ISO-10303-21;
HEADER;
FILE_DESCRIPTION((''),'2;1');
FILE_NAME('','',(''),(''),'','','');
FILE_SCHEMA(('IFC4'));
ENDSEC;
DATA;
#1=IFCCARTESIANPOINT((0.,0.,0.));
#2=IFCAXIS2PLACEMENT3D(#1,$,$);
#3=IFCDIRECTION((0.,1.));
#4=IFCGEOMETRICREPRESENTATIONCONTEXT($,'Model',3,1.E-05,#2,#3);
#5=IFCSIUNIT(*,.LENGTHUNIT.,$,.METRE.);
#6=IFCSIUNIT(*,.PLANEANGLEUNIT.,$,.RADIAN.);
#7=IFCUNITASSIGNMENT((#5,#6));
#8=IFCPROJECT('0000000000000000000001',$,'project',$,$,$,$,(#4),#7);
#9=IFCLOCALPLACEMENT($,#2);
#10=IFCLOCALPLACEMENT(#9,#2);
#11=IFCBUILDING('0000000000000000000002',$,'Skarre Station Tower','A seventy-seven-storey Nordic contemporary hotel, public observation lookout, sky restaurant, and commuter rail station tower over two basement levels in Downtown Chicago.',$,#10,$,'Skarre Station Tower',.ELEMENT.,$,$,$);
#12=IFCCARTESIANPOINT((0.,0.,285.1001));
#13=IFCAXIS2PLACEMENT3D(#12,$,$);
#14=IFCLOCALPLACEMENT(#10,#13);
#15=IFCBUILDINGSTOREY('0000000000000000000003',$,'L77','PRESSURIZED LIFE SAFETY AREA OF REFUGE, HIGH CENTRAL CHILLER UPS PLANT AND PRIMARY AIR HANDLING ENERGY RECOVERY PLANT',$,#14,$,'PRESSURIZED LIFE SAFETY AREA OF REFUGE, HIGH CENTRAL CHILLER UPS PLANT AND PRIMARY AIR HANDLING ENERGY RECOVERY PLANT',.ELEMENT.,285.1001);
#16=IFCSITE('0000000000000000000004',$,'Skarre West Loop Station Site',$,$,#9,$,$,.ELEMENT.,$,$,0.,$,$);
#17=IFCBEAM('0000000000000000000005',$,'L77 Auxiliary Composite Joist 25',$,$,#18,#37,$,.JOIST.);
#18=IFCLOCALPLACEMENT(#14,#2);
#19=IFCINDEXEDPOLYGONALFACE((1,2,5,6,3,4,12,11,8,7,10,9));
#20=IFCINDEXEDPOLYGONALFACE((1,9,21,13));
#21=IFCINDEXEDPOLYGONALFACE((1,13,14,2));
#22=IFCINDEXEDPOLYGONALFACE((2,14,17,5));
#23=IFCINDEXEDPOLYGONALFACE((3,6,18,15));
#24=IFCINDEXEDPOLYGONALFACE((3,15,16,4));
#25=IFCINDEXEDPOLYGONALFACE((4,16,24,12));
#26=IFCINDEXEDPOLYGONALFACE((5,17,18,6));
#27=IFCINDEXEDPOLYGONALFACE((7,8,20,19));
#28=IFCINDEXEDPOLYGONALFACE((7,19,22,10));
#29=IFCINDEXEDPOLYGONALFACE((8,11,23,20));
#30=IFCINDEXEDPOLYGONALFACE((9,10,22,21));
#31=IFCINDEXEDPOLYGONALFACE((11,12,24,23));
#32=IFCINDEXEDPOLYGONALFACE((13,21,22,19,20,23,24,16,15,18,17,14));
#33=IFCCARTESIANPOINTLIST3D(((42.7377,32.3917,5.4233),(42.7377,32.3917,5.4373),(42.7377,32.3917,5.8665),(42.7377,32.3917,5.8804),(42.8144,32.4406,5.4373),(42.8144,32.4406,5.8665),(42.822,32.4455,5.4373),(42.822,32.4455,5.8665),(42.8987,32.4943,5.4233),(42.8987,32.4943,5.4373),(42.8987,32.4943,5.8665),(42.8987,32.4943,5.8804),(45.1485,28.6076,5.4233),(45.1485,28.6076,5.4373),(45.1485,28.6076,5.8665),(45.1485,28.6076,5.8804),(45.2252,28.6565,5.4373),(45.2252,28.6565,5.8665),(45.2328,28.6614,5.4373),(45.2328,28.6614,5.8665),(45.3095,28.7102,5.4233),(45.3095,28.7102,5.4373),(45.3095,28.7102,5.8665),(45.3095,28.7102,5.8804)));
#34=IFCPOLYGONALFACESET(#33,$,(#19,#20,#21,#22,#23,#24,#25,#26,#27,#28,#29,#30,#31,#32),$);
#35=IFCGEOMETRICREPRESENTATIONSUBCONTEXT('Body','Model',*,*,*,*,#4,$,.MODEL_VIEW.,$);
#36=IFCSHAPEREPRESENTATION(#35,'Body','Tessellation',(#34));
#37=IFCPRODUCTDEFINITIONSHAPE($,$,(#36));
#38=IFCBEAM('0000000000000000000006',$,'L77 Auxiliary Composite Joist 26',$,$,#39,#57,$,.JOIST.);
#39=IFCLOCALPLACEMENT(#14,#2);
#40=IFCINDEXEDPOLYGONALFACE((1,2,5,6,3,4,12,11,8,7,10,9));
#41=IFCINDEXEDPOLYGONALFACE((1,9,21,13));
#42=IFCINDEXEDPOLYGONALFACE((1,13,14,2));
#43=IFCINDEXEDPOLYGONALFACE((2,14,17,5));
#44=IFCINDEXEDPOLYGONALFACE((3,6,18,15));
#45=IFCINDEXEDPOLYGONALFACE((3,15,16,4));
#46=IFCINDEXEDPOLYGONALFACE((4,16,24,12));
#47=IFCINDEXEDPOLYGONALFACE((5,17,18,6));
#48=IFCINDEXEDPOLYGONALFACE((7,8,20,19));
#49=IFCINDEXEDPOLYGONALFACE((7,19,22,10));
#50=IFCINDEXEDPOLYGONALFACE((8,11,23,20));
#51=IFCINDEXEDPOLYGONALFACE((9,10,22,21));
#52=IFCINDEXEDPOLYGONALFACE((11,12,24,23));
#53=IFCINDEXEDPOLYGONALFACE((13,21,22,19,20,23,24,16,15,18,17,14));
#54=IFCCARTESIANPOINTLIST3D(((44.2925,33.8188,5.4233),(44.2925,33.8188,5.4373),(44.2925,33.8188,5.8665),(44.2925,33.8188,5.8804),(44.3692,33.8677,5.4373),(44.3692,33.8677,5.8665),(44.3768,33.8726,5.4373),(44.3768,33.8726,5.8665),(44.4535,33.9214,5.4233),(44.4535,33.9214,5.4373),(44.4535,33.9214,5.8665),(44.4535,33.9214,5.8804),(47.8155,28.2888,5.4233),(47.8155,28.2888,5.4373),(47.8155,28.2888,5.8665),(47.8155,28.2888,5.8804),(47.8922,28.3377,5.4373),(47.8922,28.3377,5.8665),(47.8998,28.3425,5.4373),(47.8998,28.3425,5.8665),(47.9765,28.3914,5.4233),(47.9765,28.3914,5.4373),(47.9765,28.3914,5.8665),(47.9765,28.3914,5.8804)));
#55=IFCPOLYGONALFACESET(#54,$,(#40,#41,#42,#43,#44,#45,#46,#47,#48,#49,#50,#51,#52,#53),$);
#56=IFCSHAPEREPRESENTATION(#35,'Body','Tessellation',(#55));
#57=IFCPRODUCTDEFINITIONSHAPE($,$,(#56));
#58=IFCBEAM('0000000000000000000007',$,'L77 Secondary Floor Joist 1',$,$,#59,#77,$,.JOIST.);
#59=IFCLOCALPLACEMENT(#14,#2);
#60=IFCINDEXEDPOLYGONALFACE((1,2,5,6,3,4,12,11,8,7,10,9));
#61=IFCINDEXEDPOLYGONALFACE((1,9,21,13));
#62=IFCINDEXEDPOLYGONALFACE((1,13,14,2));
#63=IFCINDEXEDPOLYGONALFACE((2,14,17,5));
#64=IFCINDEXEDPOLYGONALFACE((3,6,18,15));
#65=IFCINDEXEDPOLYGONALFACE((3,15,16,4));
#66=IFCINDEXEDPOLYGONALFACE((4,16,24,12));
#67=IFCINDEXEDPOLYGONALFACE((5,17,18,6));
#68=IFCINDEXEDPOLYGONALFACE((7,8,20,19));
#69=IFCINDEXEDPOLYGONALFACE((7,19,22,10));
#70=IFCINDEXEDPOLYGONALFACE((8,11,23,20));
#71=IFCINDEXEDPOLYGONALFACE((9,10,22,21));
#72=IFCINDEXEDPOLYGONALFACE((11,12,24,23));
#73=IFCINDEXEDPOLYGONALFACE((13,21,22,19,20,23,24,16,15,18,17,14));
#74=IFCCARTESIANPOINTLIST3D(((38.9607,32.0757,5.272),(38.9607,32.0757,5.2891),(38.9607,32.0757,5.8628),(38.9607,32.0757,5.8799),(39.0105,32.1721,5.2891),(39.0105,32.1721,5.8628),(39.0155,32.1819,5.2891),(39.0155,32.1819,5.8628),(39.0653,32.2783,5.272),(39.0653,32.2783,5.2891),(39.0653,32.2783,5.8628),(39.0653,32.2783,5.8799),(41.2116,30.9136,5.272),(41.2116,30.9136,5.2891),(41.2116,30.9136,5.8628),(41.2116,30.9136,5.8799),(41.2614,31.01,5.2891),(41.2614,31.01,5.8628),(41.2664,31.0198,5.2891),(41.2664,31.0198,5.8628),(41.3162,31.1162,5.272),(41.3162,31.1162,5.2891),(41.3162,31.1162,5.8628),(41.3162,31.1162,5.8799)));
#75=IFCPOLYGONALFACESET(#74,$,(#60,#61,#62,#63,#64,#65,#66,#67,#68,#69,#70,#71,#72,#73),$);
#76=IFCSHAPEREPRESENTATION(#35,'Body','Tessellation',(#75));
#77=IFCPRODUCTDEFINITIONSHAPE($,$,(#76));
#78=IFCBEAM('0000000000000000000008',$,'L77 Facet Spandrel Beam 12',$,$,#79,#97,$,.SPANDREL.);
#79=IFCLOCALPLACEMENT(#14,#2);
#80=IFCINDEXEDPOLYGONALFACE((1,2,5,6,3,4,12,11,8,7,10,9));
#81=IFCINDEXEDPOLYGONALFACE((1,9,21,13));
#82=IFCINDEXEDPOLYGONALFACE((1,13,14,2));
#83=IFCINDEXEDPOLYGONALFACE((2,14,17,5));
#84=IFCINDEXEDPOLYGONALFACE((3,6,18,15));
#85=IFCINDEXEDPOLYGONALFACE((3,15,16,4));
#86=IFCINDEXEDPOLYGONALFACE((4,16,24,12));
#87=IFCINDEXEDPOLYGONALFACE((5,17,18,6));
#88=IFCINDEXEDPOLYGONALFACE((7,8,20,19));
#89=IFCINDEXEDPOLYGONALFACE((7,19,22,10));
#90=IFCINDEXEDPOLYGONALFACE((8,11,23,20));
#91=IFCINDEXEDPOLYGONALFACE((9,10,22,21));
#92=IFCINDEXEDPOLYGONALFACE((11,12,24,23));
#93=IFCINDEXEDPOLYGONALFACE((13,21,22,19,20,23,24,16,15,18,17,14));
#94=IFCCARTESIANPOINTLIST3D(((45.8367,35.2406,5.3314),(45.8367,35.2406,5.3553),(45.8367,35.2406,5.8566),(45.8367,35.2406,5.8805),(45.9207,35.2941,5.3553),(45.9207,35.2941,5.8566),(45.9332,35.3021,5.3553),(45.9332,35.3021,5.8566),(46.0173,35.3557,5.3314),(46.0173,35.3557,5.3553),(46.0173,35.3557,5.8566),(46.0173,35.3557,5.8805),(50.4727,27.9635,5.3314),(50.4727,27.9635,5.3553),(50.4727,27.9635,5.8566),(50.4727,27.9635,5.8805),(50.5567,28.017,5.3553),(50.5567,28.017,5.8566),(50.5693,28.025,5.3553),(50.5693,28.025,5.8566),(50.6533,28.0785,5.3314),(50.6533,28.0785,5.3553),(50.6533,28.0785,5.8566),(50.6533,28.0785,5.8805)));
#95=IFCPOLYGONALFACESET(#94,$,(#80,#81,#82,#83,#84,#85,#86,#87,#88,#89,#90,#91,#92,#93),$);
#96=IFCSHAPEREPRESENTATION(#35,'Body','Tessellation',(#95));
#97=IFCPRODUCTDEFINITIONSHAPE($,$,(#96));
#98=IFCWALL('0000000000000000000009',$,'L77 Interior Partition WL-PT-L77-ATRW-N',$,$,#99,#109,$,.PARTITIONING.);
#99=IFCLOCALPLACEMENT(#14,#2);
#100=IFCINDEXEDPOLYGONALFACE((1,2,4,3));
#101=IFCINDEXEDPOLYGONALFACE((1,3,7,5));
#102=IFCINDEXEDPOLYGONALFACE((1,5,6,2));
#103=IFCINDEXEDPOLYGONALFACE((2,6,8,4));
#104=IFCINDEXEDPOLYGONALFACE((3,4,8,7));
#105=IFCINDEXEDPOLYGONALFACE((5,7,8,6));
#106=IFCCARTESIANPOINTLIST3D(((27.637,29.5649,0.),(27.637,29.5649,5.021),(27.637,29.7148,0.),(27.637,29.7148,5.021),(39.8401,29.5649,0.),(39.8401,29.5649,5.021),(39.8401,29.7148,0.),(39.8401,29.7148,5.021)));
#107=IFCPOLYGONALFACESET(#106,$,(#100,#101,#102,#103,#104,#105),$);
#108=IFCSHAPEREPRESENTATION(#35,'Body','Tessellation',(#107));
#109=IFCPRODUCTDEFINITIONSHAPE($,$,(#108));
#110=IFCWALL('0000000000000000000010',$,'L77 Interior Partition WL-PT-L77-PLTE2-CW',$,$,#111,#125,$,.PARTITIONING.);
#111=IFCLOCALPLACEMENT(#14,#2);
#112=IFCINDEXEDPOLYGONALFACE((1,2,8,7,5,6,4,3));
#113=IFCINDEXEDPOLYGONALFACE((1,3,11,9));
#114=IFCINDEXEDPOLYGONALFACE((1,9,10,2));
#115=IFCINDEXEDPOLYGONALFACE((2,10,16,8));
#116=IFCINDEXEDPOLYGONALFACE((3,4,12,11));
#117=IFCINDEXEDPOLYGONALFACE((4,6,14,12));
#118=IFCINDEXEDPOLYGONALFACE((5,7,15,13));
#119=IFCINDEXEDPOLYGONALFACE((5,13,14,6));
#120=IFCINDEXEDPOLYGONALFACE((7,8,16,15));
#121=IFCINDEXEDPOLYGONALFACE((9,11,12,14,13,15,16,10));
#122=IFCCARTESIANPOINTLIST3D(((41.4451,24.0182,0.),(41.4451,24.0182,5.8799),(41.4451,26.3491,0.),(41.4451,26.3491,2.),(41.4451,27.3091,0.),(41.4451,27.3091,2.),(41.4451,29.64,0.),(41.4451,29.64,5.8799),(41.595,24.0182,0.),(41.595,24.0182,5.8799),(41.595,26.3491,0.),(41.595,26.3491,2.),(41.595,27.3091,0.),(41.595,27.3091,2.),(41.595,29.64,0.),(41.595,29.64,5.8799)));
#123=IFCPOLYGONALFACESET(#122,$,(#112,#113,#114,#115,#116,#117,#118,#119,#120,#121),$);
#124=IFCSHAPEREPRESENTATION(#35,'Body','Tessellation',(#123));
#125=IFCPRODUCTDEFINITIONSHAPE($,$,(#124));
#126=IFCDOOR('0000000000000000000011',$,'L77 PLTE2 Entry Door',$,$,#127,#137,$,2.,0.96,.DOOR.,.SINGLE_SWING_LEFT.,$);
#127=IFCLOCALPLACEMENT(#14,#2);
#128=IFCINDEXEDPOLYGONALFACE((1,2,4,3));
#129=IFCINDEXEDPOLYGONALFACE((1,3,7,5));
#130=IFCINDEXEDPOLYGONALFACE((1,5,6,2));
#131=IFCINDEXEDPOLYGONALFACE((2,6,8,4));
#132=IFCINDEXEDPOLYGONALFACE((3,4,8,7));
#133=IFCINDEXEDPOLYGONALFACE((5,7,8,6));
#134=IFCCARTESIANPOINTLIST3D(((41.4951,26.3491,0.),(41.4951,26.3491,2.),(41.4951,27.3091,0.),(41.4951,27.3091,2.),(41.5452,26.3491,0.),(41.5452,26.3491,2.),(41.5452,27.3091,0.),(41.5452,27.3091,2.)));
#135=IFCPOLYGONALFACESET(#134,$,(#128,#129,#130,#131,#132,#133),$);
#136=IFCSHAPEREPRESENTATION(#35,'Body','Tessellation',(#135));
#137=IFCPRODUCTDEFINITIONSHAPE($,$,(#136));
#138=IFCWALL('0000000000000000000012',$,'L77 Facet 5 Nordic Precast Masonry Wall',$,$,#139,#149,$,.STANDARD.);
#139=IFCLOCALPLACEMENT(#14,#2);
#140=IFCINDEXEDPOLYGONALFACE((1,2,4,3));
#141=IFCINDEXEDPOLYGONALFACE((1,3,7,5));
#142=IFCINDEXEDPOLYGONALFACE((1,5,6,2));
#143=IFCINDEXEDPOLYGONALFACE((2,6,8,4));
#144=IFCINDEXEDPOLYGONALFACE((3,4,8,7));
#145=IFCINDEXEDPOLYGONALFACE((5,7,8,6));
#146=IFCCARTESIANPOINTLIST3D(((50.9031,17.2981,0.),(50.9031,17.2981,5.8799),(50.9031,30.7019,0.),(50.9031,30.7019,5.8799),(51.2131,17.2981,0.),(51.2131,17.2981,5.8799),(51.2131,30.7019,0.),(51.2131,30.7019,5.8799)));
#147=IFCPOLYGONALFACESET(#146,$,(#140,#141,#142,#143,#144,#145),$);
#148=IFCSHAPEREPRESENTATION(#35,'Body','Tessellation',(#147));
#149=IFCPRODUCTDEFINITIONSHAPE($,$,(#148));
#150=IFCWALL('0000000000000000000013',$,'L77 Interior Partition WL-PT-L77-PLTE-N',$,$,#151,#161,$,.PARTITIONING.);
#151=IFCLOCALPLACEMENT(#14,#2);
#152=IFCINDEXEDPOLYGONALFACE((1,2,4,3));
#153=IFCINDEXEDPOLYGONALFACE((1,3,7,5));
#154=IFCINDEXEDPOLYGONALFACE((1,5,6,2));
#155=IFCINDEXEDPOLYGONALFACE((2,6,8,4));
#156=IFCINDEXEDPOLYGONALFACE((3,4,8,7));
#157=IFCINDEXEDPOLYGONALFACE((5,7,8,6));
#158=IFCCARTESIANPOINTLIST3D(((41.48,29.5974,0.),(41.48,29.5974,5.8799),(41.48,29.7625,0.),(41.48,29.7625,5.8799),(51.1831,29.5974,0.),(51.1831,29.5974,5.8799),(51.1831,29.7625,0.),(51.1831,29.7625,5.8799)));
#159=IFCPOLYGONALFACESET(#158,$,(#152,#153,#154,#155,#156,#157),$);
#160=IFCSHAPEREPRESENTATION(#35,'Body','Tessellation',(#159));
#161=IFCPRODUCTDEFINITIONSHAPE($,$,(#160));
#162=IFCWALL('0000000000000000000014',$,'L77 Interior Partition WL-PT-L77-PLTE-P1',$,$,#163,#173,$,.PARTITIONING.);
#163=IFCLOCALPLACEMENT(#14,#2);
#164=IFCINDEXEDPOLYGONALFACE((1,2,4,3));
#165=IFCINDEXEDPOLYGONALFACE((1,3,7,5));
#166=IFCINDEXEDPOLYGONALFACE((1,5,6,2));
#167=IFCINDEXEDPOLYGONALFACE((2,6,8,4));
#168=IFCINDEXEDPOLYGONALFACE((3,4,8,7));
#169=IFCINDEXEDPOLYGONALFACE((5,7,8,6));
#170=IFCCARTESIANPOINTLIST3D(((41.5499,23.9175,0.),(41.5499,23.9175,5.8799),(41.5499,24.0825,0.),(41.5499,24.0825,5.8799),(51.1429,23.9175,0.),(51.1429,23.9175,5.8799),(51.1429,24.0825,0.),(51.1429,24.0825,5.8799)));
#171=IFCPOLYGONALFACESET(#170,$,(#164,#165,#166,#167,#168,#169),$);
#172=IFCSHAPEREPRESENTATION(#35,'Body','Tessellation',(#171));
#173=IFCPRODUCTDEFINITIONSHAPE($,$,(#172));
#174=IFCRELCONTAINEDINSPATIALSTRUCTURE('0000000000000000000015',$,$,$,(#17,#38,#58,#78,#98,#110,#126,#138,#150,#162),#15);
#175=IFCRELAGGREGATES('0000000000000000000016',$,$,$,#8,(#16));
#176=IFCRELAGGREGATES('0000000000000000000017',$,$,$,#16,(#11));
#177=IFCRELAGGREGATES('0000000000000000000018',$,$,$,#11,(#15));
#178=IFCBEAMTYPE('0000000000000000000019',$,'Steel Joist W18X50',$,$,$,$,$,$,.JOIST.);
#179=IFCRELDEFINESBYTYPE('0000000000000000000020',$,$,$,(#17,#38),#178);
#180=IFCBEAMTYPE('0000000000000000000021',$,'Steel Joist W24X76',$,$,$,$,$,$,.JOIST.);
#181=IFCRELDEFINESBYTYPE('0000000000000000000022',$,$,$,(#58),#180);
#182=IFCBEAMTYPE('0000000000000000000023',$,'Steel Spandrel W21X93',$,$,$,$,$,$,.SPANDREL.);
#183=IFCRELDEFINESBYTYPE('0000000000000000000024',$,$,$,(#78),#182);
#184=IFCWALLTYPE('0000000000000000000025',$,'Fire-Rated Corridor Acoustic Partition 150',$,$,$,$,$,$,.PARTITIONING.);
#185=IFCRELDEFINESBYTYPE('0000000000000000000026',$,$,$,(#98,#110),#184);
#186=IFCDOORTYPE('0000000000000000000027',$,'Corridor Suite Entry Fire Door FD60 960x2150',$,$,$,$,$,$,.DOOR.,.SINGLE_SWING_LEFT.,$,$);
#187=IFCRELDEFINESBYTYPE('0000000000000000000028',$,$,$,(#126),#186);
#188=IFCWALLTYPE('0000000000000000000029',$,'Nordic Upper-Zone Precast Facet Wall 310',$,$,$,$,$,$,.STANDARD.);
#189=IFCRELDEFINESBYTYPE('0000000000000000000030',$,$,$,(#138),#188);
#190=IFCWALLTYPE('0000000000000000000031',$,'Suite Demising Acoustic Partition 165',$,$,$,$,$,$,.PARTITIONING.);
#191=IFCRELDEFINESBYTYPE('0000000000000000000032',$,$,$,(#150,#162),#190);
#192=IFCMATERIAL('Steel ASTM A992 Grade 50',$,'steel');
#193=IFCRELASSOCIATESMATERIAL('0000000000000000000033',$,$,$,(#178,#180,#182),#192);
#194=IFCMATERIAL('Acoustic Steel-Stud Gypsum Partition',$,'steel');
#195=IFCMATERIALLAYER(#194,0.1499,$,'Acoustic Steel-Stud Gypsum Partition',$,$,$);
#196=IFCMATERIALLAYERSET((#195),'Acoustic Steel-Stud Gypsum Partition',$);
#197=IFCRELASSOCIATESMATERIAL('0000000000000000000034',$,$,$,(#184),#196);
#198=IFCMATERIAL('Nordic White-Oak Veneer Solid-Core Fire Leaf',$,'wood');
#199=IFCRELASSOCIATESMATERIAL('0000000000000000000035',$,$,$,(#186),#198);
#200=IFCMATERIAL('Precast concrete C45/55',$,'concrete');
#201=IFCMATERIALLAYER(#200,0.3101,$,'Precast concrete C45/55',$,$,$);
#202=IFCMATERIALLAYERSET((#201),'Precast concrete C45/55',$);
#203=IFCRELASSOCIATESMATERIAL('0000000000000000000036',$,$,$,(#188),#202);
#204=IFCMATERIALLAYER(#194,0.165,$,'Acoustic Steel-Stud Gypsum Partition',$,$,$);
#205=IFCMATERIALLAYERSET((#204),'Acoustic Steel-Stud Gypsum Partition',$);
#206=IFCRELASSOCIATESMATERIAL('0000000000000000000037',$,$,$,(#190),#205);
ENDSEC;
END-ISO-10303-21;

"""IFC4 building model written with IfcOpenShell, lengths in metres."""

from ifc_helpers import new_model, si_unit, direction, frame, frame_2d, origin, origin_2d, place, context, subcontext, project, spatial, rectangle, i_section, extrude, material, layer, layer_set, material_profile, profile_set, type_object, element, fill, save


model = new_model("IFC4")

# Units and contexts
model_context = context("Model", 3, precision=1e-05, world=origin(), true_north=direction((0.0, 1.0)))
body_context = subcontext(model_context, "Body", "Model", "MODEL_VIEW")
ifc_project = project(units=[si_unit("LENGTHUNIT", "METRE"), si_unit("PLANEANGLEUNIT", "RADIAN")], contexts=[model_context])

# Site, building, storey
site_placement = place(None, origin())
site = spatial("IfcSite", under=ifc_project, at=site_placement, Name="Skarre West Loop Station Site", CompositionType="ELEMENT", RefElevation=0.0)
building_placement = place(site_placement, origin())
building = spatial("IfcBuilding", under=site, at=building_placement, Name="Skarre Station Tower", Description="A seventy-seven-storey Nordic contemporary hotel, public observation lookout, sky restaurant, and commuter rail station tower over two basement levels in Downtown Chicago.", LongName="Skarre Station Tower", CompositionType="ELEMENT")
storey_placement = place(building_placement, frame((0.0, 0.0, 285.1001)))
storey = spatial("IfcBuildingStorey", under=building, at=storey_placement, Name="L77", Description="PRESSURIZED LIFE SAFETY AREA OF REFUGE, HIGH CENTRAL CHILLER UPS PLANT AND PRIMARY AIR HANDLING ENERGY RECOVERY PLANT", LongName="PRESSURIZED LIFE SAFETY AREA OF REFUGE, HIGH CENTRAL CHILLER UPS PLANT AND PRIMARY AIR HANDLING ENERGY RECOVERY PLANT", CompositionType="ELEMENT", Elevation=285.1001)

# Beams
ifc_material_1 = material(Name="Steel ASTM A992 Grade 50", Category="steel")
ifc_material_profile_1 = material_profile(ifc_material_1, i_section(OverallWidth=0.1909, OverallDepth=0.457, WebThickness=0.009, FlangeThickness=0.0139, at=origin_2d()), Name="Steel ASTM A992 Grade 50")
ifc_profile_set_1 = profile_set([ifc_material_profile_1], Name="Steel ASTM A992 Grade 50")
beam_type_1 = type_object("IfcBeamType", Name="Steel Joist W18X50", PredefinedType="JOIST", material=ifc_profile_set_1)
beam_1_placement = place(storey_placement, frame((45.229, 28.6589, 5.6519), z_axis=(-0.537316, 0.843381, 0.0), x_axis=(-0.843381, -0.537316, 0.0)))
element("IfcBeam", 1, at=beam_1_placement, inside=storey, type_object=beam_type_1, Name="L77 Auxiliary Composite Joist 25", PredefinedType="JOIST", context=body_context, shape_type="SweptSolid", body=[
    extrude(i_section(OverallWidth=0.1909, OverallDepth=0.457, WebThickness=0.009, FlangeThickness=0.0139, at=origin_2d()), origin(), (0.0, 0.0, 1.0), 4.4868),
])
beam_2_placement = place(storey_placement, frame((47.896, 28.3401, 5.6519), z_axis=(-0.537292, 0.843396, 0.0), x_axis=(-0.843396, -0.537292, 0.0)))
element("IfcBeam", 2, at=beam_2_placement, inside=storey, type_object=beam_type_1, Name="L77 Auxiliary Composite Joist 26", PredefinedType="JOIST", context=body_context, shape_type="SweptSolid", body=[
    extrude(i_section(OverallWidth=0.1909, OverallDepth=0.457, WebThickness=0.009, FlangeThickness=0.0139, at=origin_2d()), origin(), (0.0, 0.0, 1.0), 6.5569),
])
ifc_material_profile_2 = material_profile(ifc_material_1, i_section(OverallWidth=0.228, OverallDepth=0.6079, WebThickness=0.011, FlangeThickness=0.0171, at=origin_2d()), Name="Steel ASTM A992 Grade 50")
ifc_profile_set_2 = profile_set([ifc_material_profile_2], Name="Steel ASTM A992 Grade 50")
beam_type_2 = type_object("IfcBeamType", Name="Steel Joist W24X76", PredefinedType="JOIST", material=ifc_profile_set_2)
beam_3_placement = place(storey_placement, frame((41.2639, 31.0149, 5.5759), z_axis=(-0.88857, 0.458741, 0.0), x_axis=(-0.458741, -0.88857, 0.0)))
element("IfcBeam", 3, at=beam_3_placement, inside=storey, type_object=beam_type_2, Name="L77 Secondary Floor Joist 1", PredefinedType="JOIST", context=body_context, shape_type="SweptSolid", body=[
    extrude(i_section(OverallWidth=0.228, OverallDepth=0.6079, WebThickness=0.011, FlangeThickness=0.0171, at=origin_2d()), origin(), (0.0, 0.0, 1.0), 2.5332),
])
ifc_material_profile_3 = material_profile(ifc_material_1, i_section(OverallWidth=0.2141, OverallDepth=0.5491, WebThickness=0.0149, FlangeThickness=0.0239, at=origin_2d()), Name="Steel ASTM A992 Grade 50")
ifc_profile_set_3 = profile_set([ifc_material_profile_3], Name="Steel ASTM A992 Grade 50")
beam_type_3 = type_object("IfcBeamType", Name="Steel Spandrel W21X93", PredefinedType="SPANDREL", material=ifc_profile_set_3)
beam_4_placement = place(storey_placement, frame((50.563, 28.021, 5.606), z_axis=(-0.537297, 0.843393, 0.0), x_axis=(-0.843393, -0.537297, 0.0)))
element("IfcBeam", 4, at=beam_4_placement, inside=storey, type_object=beam_type_3, Name="L77 Facet Spandrel Beam 12", PredefinedType="SPANDREL", context=body_context, shape_type="SweptSolid", body=[
    extrude(i_section(OverallWidth=0.2141, OverallDepth=0.5491, WebThickness=0.0149, FlangeThickness=0.0239, at=origin_2d()), origin(), (0.0, 0.0, 1.0), 8.6284),
])

# Wall
ifc_material_2 = material(Name="Acoustic Steel-Stud Gypsum Partition", Category="steel")
ifc_layer_1 = layer(ifc_material_2, 0.1499, Name="Acoustic Steel-Stud Gypsum Partition")
ifc_layer_set_1 = layer_set([ifc_layer_1], Name="Acoustic Steel-Stud Gypsum Partition")
wall_type_1 = type_object("IfcWallType", Name="Fire-Rated Corridor Acoustic Partition 150", PredefinedType="PARTITIONING", material=ifc_layer_set_1)
wall_1_placement = place(storey_placement, frame((39.8401, 29.6399, 0.0), z_axis=(0.0, 0.0, 1.0), x_axis=(-1.0, 0.0, 0.0)))
element("IfcWall", 5, at=wall_1_placement, inside=storey, type_object=wall_type_1, Name="L77 Interior Partition WL-PT-L77-ATRW-N", PredefinedType="PARTITIONING", context=body_context, shape_type="SweptSolid", body=[
    extrude(rectangle(XDim=12.2031, YDim=0.1499, at=frame_2d((6.1016, 0.0))), origin(), (0.0, 0.0, 1.0), 5.021),
])

# Wall, opening, door
wall_2_placement = place(storey_placement, frame((41.52, 24.0181, 0.0), z_axis=(0.0, 0.0, 1.0), x_axis=(0.0, 1.0, 0.0)))
wall_2 = element("IfcWall", 6, at=wall_2_placement, inside=storey, type_object=wall_type_1, Name="L77 Interior Partition WL-PT-L77-PLTE2-CW", PredefinedType="PARTITIONING", context=body_context, shape_type="SweptSolid", body=[
    extrude(rectangle(XDim=5.6218, YDim=0.1499, at=frame_2d((2.811, 0.0))), origin(), (0.0, 0.0, 1.0), 5.8799),
])
opening_placement = place(wall_2_placement, frame((2.3311, 0.0, 0.0)))
opening = element("IfcOpeningElement", 7, at=opening_placement, cuts=wall_2, PredefinedType="OPENING", context=body_context, shape_type="SweptSolid", body=[
    extrude(rectangle(XDim=0.96, YDim=2.0, at=frame_2d((0.48, 1.0))), frame((0.0, 0.085, 0.0), z_axis=(0.0, -1.0, 0.0), x_axis=(1.0, 0.0, 0.0)), (0.0, 0.0, 1.0), 0.1699),
])
ifc_material_3 = material(Name="Nordic White-Oak Veneer Solid-Core Fire Leaf", Category="wood")
door_type = type_object("IfcDoorType", Name="Corridor Suite Entry Fire Door FD60 960x2150", OperationType="SINGLE_SWING_LEFT", PredefinedType="DOOR", material=ifc_material_3)
door_placement = place(opening_placement, origin())
door = element("IfcDoor", 8, at=door_placement, inside=storey, type_object=door_type, Name="L77 PLTE2 Entry Door", OperationType="SINGLE_SWING_LEFT", OverallHeight=2.0, OverallWidth=0.96, PredefinedType="DOOR", context=body_context, shape_type="SweptSolid", body=[
    extrude(rectangle(XDim=0.96, YDim=2.0, at=frame_2d((0.48, 1.0))), frame((0.0, 0.0249, 0.0), z_axis=(0.0, -1.0, 0.0), x_axis=(1.0, 0.0, 0.0)), (0.0, 0.0, 1.0), 0.05),
])
fill(opening, door)

# Walls
ifc_material_4 = material(Name="Precast concrete C45/55", Category="concrete")
ifc_layer_2 = layer(ifc_material_4, 0.3101, Name="Precast concrete C45/55")
ifc_layer_set_2 = layer_set([ifc_layer_2], Name="Precast concrete C45/55")
wall_type_2 = type_object("IfcWallType", Name="Nordic Upper-Zone Precast Facet Wall 310", PredefinedType="STANDARD", material=ifc_layer_set_2)
wall_3_placement = place(storey_placement, frame((51.0581, 30.7019, 0.0), z_axis=(0.0, 0.0, 1.0), x_axis=(0.0, -1.0, 0.0)))
element("IfcWall", 9, at=wall_3_placement, inside=storey, type_object=wall_type_2, Name="L77 Facet 5 Nordic Precast Masonry Wall", PredefinedType="STANDARD", context=body_context, shape_type="SweptSolid", body=[
    extrude(rectangle(XDim=13.4038, YDim=0.3101, at=frame_2d((6.7019, 0.0))), origin(), (0.0, 0.0, 1.0), 5.8799),
])
ifc_layer_3 = layer(ifc_material_2, 0.165, Name="Acoustic Steel-Stud Gypsum Partition")
ifc_layer_set_3 = layer_set([ifc_layer_3], Name="Acoustic Steel-Stud Gypsum Partition")
wall_type_3 = type_object("IfcWallType", Name="Suite Demising Acoustic Partition 165", PredefinedType="PARTITIONING", material=ifc_layer_set_3)
wall_4_placement = place(storey_placement, frame((41.48, 29.6799, 0.0), z_axis=(0.0, 0.0, 1.0), x_axis=(1.0, 0.0, 0.0)))
element("IfcWall", 10, at=wall_4_placement, inside=storey, type_object=wall_type_3, Name="L77 Interior Partition WL-PT-L77-PLTE-N", PredefinedType="PARTITIONING", context=body_context, shape_type="SweptSolid", body=[
    extrude(rectangle(XDim=9.7031, YDim=0.165, at=frame_2d((4.8516, 0.0))), origin(), (0.0, 0.0, 1.0), 5.8799),
])
wall_5_placement = place(storey_placement, frame((41.55, 24.0, 0.0), z_axis=(0.0, 0.0, 1.0), x_axis=(1.0, 0.0, 0.0)))
element("IfcWall", 11, at=wall_5_placement, inside=storey, type_object=wall_type_3, Name="L77 Interior Partition WL-PT-L77-PLTE-P1", PredefinedType="PARTITIONING", context=body_context, shape_type="SweptSolid", body=[
    extrude(rectangle(XDim=9.593, YDim=0.165, at=frame_2d((4.7964, 0.0))), origin(), (0.0, 0.0, 1.0), 5.8799),
])

save(model, "model.ifc")
